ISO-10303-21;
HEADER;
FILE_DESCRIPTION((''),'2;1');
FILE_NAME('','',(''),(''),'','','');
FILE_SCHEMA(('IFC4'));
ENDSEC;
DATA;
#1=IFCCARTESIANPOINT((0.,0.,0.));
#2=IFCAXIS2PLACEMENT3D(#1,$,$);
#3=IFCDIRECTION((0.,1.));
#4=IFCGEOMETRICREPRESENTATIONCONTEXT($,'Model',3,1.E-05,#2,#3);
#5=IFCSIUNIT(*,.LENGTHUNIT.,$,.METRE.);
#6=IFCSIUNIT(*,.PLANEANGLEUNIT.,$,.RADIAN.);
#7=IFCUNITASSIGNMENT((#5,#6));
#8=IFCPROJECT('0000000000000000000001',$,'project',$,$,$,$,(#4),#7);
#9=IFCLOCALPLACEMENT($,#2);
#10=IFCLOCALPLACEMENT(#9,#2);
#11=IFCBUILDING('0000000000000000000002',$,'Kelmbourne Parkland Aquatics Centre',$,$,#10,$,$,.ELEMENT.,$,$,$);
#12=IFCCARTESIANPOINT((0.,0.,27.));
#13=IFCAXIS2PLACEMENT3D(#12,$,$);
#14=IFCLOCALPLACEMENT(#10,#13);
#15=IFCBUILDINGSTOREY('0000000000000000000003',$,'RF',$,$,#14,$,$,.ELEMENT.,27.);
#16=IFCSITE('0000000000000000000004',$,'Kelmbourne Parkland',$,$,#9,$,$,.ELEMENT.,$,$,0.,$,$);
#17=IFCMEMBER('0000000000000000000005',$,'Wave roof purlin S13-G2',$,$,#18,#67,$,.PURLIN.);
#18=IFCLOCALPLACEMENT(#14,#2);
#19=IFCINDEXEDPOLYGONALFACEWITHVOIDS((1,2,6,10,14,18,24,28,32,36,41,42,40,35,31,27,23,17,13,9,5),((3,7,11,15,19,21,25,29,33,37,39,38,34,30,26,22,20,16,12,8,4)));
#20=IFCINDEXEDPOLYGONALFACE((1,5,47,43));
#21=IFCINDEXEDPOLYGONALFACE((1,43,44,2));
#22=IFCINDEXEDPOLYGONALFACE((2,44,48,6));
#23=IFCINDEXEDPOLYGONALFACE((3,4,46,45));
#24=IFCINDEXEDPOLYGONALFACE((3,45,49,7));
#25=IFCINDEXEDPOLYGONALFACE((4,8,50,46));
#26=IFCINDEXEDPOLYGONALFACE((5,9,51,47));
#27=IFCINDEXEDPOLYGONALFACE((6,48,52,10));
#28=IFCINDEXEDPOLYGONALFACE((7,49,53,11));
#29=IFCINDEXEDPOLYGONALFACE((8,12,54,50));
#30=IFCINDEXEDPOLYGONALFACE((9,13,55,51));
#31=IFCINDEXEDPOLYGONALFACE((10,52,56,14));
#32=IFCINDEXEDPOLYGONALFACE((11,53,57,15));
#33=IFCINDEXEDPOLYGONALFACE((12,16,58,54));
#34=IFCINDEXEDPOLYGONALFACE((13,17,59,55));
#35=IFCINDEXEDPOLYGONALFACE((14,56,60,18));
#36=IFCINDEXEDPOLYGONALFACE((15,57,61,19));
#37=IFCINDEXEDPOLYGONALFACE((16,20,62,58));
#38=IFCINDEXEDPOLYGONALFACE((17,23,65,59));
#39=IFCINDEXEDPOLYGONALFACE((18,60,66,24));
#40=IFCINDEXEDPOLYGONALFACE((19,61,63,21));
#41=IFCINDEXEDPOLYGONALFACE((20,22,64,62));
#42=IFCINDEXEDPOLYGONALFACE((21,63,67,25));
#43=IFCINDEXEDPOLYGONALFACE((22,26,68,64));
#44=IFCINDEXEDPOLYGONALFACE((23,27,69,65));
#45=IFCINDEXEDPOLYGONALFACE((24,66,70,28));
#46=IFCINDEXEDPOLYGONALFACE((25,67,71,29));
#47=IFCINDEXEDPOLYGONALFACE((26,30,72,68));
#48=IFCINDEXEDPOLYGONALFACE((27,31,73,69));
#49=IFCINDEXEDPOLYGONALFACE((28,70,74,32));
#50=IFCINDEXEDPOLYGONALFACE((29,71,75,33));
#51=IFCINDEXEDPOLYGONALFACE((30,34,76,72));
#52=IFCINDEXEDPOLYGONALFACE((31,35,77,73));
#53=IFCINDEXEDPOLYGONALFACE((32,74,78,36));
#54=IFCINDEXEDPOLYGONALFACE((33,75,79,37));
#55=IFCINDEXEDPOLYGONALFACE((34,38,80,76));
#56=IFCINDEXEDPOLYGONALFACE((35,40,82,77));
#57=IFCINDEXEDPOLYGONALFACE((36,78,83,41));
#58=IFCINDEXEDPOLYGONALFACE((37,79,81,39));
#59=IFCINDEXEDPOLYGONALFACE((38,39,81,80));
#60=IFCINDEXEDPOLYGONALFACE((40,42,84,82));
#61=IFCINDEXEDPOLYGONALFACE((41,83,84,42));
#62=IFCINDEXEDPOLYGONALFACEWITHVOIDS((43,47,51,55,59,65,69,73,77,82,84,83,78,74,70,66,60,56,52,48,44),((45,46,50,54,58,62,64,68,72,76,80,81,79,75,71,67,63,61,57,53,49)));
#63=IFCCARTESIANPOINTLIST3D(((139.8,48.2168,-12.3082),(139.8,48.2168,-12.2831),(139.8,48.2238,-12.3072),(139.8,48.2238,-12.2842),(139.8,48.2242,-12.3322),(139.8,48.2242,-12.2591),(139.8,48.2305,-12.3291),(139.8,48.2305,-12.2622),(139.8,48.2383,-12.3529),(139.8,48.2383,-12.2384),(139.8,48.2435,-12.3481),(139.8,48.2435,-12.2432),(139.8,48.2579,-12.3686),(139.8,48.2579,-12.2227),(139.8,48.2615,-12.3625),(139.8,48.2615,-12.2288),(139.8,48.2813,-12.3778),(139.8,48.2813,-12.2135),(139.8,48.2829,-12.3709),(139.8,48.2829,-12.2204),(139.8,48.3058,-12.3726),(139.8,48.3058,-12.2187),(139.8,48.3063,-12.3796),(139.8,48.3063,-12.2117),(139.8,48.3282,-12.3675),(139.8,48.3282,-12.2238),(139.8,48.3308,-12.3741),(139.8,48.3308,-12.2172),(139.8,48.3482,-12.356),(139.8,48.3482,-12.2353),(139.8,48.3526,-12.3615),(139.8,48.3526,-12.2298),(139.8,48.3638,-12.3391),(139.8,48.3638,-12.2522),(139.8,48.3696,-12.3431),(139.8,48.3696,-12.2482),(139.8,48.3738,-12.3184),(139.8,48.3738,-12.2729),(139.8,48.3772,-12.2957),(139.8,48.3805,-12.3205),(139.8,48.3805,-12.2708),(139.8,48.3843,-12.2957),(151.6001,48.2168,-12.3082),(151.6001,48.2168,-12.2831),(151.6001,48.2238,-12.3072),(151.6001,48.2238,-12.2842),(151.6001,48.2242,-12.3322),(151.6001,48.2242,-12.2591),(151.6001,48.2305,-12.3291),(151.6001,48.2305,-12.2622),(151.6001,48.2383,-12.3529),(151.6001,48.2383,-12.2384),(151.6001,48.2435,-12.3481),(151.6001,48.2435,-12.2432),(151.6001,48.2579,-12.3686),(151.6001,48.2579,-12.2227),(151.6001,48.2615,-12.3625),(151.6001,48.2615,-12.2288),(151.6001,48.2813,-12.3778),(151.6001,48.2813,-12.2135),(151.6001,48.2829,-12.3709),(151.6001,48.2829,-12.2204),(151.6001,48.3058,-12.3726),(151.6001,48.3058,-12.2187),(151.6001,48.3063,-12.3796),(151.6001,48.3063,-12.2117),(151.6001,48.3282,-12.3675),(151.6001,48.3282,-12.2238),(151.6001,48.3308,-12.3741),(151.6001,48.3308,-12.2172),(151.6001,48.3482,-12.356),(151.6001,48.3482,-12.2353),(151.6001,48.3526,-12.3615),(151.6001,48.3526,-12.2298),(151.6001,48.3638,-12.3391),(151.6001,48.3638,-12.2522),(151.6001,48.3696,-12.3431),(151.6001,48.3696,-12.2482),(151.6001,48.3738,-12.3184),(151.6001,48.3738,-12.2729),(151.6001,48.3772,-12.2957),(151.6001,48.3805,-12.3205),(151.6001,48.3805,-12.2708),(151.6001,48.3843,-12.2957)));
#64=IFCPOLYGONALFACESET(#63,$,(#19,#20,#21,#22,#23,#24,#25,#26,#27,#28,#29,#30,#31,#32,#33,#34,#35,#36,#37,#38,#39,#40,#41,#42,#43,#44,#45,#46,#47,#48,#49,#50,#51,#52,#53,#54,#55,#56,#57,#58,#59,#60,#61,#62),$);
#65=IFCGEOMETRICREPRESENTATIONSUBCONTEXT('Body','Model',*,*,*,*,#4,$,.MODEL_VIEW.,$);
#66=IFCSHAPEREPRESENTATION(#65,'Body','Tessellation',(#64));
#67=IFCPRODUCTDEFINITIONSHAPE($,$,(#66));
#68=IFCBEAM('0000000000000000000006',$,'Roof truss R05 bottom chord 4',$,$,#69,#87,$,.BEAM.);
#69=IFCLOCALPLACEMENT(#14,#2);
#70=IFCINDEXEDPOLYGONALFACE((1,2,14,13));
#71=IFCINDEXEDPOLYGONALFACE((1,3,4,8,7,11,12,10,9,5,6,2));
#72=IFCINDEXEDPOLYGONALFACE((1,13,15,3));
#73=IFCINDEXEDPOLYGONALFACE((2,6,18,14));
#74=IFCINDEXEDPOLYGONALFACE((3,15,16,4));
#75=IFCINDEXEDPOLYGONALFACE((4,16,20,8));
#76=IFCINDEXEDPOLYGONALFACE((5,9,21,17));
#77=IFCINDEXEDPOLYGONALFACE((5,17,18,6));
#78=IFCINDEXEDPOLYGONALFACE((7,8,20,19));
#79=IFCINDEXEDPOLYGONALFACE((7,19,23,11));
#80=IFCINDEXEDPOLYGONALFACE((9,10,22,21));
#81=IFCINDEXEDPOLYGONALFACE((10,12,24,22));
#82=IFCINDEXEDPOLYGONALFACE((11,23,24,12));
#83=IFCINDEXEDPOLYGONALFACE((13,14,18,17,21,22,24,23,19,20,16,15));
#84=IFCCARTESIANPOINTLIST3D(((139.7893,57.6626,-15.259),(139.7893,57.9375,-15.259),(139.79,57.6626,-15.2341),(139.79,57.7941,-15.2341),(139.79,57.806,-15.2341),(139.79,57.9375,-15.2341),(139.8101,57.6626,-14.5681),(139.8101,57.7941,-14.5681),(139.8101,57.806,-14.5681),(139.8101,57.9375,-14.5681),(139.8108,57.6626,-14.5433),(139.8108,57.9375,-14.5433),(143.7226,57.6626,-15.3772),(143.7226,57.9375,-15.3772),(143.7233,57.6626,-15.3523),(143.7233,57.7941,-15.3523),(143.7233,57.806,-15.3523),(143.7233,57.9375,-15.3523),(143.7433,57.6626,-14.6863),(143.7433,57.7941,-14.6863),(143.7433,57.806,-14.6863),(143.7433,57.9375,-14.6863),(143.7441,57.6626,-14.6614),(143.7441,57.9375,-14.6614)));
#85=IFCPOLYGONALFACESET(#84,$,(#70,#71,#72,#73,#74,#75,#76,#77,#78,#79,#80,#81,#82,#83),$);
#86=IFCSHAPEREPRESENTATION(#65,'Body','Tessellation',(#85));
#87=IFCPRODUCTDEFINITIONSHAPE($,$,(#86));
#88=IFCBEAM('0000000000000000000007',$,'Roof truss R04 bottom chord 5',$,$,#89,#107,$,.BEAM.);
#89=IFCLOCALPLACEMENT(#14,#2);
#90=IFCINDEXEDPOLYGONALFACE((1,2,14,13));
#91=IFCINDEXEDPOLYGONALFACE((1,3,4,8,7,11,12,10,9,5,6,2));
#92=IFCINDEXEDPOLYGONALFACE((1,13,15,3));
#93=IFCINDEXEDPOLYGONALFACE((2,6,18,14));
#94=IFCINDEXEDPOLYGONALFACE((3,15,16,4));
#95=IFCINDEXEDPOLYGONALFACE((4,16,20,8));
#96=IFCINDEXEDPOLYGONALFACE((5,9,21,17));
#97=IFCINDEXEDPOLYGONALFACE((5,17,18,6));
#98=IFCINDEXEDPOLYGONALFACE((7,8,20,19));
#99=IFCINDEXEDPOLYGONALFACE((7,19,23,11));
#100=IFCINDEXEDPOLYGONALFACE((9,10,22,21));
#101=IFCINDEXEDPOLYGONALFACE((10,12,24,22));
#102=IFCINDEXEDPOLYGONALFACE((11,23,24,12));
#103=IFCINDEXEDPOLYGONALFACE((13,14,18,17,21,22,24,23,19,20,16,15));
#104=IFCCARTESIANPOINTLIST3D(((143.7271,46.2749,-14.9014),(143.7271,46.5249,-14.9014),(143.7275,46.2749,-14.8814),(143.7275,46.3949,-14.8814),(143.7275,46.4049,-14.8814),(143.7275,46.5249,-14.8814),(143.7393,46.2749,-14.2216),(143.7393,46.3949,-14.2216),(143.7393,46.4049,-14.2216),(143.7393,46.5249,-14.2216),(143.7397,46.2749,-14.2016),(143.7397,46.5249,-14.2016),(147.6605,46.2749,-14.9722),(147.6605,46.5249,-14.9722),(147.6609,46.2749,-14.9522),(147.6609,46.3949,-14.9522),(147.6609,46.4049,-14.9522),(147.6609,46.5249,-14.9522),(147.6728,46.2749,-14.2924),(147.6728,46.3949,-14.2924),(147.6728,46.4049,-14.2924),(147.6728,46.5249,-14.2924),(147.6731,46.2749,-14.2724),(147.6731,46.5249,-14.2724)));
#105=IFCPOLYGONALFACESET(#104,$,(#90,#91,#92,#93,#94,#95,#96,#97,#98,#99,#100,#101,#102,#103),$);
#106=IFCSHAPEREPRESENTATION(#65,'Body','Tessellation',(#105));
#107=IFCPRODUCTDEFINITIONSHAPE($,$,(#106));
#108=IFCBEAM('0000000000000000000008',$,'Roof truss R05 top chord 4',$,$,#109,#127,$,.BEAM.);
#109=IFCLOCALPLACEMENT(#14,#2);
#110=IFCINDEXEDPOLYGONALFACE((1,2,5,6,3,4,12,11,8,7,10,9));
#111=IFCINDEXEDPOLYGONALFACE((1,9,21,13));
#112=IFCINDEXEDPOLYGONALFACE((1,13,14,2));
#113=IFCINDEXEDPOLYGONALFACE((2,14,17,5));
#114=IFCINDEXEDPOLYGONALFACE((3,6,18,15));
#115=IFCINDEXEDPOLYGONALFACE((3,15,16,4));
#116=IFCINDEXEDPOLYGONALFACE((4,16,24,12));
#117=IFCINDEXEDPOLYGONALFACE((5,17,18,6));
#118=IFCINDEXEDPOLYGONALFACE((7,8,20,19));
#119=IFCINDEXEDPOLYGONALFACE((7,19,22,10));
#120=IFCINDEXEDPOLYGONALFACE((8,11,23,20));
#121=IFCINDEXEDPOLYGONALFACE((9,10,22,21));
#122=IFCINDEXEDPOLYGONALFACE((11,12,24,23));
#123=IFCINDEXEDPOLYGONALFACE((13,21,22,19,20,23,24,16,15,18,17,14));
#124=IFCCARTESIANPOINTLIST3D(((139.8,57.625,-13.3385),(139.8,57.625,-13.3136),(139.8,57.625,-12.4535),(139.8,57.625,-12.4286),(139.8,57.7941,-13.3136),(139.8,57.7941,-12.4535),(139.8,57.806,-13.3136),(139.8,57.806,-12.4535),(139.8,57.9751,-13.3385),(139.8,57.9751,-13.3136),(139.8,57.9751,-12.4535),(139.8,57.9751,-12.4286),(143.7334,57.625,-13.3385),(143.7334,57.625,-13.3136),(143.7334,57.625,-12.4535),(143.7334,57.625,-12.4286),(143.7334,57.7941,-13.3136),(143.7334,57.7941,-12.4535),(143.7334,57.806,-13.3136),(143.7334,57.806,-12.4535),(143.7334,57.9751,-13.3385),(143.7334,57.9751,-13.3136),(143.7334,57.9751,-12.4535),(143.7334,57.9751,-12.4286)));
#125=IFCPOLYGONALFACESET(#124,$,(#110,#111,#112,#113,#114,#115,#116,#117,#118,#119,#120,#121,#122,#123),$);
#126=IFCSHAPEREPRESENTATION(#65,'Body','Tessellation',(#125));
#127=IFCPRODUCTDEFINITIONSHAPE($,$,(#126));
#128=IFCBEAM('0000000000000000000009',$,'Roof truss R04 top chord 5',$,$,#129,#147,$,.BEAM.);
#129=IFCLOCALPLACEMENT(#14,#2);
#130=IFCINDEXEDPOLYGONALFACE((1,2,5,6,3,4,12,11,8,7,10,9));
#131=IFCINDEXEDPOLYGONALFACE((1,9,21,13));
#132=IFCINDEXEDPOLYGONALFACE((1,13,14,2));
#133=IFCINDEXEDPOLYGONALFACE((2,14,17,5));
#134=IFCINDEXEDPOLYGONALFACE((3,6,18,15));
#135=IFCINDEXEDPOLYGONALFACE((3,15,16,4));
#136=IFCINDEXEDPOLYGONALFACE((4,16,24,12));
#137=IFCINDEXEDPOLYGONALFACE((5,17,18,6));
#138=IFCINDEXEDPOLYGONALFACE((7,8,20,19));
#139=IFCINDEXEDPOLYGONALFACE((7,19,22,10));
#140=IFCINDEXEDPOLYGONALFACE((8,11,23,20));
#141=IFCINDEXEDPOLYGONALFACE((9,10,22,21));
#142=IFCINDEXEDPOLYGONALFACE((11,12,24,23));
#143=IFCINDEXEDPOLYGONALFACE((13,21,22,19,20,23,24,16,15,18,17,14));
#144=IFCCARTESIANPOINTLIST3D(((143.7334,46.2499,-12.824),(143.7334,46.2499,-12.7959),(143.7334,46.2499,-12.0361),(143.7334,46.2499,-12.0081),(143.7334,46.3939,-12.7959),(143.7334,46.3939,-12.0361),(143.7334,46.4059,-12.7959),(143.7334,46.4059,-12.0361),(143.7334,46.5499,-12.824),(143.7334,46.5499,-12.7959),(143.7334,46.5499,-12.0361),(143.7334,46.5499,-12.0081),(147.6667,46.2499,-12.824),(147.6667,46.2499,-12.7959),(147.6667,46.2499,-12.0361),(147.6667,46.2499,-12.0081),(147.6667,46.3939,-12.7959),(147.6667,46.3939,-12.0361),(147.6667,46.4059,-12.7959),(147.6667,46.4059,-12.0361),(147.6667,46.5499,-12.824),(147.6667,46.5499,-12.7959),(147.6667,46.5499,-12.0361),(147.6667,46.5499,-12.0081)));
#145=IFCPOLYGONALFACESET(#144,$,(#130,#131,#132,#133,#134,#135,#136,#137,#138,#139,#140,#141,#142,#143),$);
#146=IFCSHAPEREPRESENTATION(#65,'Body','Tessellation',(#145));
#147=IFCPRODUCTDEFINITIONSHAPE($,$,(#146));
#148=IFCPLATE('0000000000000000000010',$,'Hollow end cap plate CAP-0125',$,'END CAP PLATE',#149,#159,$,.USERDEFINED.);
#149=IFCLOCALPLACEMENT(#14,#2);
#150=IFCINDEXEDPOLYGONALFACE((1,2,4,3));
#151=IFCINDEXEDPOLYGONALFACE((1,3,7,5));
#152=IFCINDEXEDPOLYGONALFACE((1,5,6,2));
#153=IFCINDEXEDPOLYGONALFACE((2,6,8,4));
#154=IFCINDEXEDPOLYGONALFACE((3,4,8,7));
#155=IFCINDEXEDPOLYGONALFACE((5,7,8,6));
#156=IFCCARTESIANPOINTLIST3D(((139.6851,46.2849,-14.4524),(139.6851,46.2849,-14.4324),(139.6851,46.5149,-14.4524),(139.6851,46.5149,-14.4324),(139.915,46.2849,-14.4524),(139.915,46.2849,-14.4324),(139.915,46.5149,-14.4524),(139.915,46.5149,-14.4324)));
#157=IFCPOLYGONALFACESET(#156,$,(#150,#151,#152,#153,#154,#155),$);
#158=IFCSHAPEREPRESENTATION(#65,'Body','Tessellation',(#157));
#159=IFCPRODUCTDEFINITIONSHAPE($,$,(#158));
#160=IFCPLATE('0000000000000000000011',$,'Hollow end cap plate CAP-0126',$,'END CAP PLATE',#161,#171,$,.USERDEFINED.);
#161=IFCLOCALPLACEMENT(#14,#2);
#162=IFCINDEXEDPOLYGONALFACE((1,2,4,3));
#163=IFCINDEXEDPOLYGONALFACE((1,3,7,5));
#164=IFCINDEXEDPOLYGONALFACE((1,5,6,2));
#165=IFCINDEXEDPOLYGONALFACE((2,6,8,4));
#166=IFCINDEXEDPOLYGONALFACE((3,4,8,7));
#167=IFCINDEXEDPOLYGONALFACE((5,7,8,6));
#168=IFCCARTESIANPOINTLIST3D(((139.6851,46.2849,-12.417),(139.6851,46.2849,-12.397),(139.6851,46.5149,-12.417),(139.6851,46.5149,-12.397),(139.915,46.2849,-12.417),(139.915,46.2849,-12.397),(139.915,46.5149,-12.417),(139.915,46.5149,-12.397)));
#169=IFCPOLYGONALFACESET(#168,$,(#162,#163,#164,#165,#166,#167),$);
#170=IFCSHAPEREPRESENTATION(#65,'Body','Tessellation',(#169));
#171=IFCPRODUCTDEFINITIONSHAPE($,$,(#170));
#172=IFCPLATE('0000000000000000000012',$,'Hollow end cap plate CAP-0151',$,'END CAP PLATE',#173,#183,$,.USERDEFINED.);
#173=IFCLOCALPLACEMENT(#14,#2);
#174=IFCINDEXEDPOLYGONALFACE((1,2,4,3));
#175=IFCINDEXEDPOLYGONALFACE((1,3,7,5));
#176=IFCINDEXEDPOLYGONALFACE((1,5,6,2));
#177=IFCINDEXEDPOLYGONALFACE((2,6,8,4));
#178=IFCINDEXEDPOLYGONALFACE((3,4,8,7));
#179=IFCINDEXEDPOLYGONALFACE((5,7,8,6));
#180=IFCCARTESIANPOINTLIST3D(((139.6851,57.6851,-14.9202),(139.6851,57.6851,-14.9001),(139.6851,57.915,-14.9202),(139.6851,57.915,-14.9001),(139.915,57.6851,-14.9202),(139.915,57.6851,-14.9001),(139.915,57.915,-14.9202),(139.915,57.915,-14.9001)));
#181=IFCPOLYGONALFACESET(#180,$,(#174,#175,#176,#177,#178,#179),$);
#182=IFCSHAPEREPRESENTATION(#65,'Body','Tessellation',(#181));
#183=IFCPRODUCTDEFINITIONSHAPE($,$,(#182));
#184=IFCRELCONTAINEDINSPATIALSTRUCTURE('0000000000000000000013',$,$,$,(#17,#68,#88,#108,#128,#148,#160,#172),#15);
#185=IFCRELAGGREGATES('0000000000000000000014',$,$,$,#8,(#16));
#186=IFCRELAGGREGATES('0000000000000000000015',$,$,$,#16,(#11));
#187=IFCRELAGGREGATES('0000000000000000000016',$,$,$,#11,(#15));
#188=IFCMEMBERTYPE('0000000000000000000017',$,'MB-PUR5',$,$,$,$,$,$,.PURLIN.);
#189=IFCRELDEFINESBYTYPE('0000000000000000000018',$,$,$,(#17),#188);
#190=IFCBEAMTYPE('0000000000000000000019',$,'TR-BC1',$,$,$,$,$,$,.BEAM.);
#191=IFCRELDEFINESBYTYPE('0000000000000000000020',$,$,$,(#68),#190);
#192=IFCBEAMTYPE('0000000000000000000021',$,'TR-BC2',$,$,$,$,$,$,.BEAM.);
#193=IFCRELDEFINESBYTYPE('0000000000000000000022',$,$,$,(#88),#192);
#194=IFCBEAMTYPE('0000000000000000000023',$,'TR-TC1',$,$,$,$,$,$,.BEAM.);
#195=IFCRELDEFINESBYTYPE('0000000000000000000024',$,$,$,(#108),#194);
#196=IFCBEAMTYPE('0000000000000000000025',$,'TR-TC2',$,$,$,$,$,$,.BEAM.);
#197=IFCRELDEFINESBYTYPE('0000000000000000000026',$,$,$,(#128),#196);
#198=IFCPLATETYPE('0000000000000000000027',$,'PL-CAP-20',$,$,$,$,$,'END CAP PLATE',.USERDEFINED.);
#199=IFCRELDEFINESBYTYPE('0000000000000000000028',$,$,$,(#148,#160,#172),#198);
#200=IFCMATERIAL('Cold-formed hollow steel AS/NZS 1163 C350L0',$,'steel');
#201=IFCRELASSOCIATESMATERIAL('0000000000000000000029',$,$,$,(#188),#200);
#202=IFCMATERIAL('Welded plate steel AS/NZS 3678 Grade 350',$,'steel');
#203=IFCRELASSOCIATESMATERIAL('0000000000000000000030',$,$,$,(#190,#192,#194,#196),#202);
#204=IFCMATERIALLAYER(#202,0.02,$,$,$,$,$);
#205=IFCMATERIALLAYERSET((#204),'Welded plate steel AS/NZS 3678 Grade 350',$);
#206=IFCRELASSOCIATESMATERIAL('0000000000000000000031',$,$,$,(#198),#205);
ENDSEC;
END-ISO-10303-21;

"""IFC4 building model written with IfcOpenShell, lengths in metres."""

from ifc_helpers import new_model, si_unit, direction, frame, origin, origin_2d, place, context, subcontext, project, spatial, rectangle, hollow_circle, i_section, extrude, material, layer, layer_set, material_profile, profile_set, type_object, element, save


model = new_model("IFC4")

# Units and contexts
model_context = context("Model", 3, precision=1e-05, world=origin(), true_north=direction((0.0, 1.0)))
body_context = subcontext(model_context, "Body", "Model", "MODEL_VIEW")
ifc_project = project(units=[si_unit("LENGTHUNIT", "METRE"), si_unit("PLANEANGLEUNIT", "RADIAN")], contexts=[model_context])

# Site, building, storey
site_placement = place(None, origin())
site = spatial("IfcSite", under=ifc_project, at=site_placement, Name="Kelmbourne Parkland", CompositionType="ELEMENT", RefElevation=0.0)
building_placement = place(site_placement, origin())
building = spatial("IfcBuilding", under=site, at=building_placement, Name="Kelmbourne Parkland Aquatics Centre", CompositionType="ELEMENT")
storey_placement = place(building_placement, frame((0.0, 0.0, 27.0)))
storey = spatial("IfcBuildingStorey", under=building, at=storey_placement, Name="RF", CompositionType="ELEMENT", Elevation=27.0)

# Member
ifc_material_1 = material(Name="Cold-formed hollow steel AS/NZS 1163 C350L0", Category="steel")
ifc_material_profile_1 = material_profile(ifc_material_1, hollow_circle(Radius=0.0842, WallThickness=0.0071, at=origin_2d()), Name="CHS 168.3x7.1")
ifc_profile_set_1 = profile_set([ifc_material_profile_1], Name="Cold-formed hollow steel AS/NZS 1163 C350L0")
member_type_1 = type_object("IfcMemberType", Name="MB-PUR5", PredefinedType="PURLIN", material=ifc_profile_set_1)
member_1_placement = place(storey_placement, frame((139.8, 48.3, -12.2957), z_axis=(1.0, 0.0, 0.0), x_axis=(0.0, 1.0, 0.0)))
element("IfcMember", 1, at=member_1_placement, inside=storey, type_object=member_type_1, Name="Wave roof purlin S13-G2", PredefinedType="PURLIN", context=body_context, shape_type="SweptSolid", body=[
    extrude(hollow_circle(Radius=0.0842, WallThickness=0.0071, at=origin_2d()), origin(), (0.0, 0.0, 1.0), 11.8),
])

# Beams
ifc_material_2 = material(Name="Welded plate steel AS/NZS 3678 Grade 350", Category="steel")
ifc_material_profile_2 = material_profile(ifc_material_2, i_section(OverallWidth=0.2749, OverallDepth=0.7161, WebThickness=0.012, FlangeThickness=0.0249, at=origin_2d()), Name="700WB173")
ifc_profile_set_2 = profile_set([ifc_material_profile_2], Name="Welded plate steel AS/NZS 3678 Grade 350")
beam_type_1 = type_object("IfcBeamType", Name="TR-BC1", PredefinedType="BEAM", material=ifc_profile_set_2)
beam_1_placement = place(storey_placement, frame((139.8, 57.8, -14.9011), z_axis=(0.999549, 0.0, -0.030028), x_axis=(0.0, 1.0, 0.0)))
element("IfcBeam", 2, at=beam_1_placement, inside=storey, type_object=beam_type_1, Name="Roof truss R05 bottom chord 4", PredefinedType="BEAM", context=body_context, shape_type="SweptSolid", body=[
    extrude(i_section(OverallWidth=0.2749, OverallDepth=0.7161, WebThickness=0.012, FlangeThickness=0.0249, at=origin_2d()), origin(), (0.0, 0.0, 1.0), 3.9351),
])
ifc_material_profile_3 = material_profile(ifc_material_2, i_section(OverallWidth=0.25, OverallDepth=0.7, WebThickness=0.01, FlangeThickness=0.02, at=origin_2d()), Name="700WB130")
ifc_profile_set_3 = profile_set([ifc_material_profile_3], Name="Welded plate steel AS/NZS 3678 Grade 350")
beam_type_2 = type_object("IfcBeamType", Name="TR-BC2", PredefinedType="BEAM", material=ifc_profile_set_3)
beam_2_placement = place(storey_placement, frame((143.7334, 46.3999, -14.5515), z_axis=(0.999838, 0.0, -0.017997), x_axis=(0.0, 1.0, 0.0)))
element("IfcBeam", 3, at=beam_2_placement, inside=storey, type_object=beam_type_2, Name="Roof truss R04 bottom chord 5", PredefinedType="BEAM", context=body_context, shape_type="SweptSolid", body=[
    extrude(i_section(OverallWidth=0.25, OverallDepth=0.7, WebThickness=0.01, FlangeThickness=0.02, at=origin_2d()), origin(), (0.0, 0.0, 1.0), 3.9341),
])
ifc_material_profile_4 = material_profile(ifc_material_2, i_section(OverallWidth=0.3501, OverallDepth=0.9099, WebThickness=0.012, FlangeThickness=0.0249, at=origin_2d()), Name="900WB218")
ifc_profile_set_4 = profile_set([ifc_material_profile_4], Name="Welded plate steel AS/NZS 3678 Grade 350")
beam_type_3 = type_object("IfcBeamType", Name="TR-TC1", PredefinedType="BEAM", material=ifc_profile_set_4)
beam_3_placement = place(storey_placement, frame((139.8, 57.8, -12.8835), z_axis=(1.0, 0.0, 0.0), x_axis=(0.0, 1.0, 0.0)))
element("IfcBeam", 4, at=beam_3_placement, inside=storey, type_object=beam_type_3, Name="Roof truss R05 top chord 4", PredefinedType="BEAM", context=body_context, shape_type="SweptSolid", body=[
    extrude(i_section(OverallWidth=0.3501, OverallDepth=0.9099, WebThickness=0.012, FlangeThickness=0.0249, at=origin_2d()), origin(), (0.0, 0.0, 1.0), 3.9333),
])
ifc_material_profile_5 = material_profile(ifc_material_2, i_section(OverallWidth=0.3, OverallDepth=0.8159, WebThickness=0.012, FlangeThickness=0.0281, at=origin_2d()), Name="800WB192")
ifc_profile_set_5 = profile_set([ifc_material_profile_5], Name="Welded plate steel AS/NZS 3678 Grade 350")
beam_type_4 = type_object("IfcBeamType", Name="TR-TC2", PredefinedType="BEAM", material=ifc_profile_set_5)
beam_4_placement = place(storey_placement, frame((143.7334, 46.3999, -12.416), z_axis=(1.0, 0.0, 0.0), x_axis=(0.0, 1.0, 0.0)))
element("IfcBeam", 5, at=beam_4_placement, inside=storey, type_object=beam_type_4, Name="Roof truss R04 top chord 5", PredefinedType="BEAM", context=body_context, shape_type="SweptSolid", body=[
    extrude(i_section(OverallWidth=0.3, OverallDepth=0.8159, WebThickness=0.012, FlangeThickness=0.0281, at=origin_2d()), origin(), (0.0, 0.0, 1.0), 3.9333),
])

# Plates
ifc_layer_1 = layer(ifc_material_2, 0.02)
ifc_layer_set_1 = layer_set([ifc_layer_1], Name="Welded plate steel AS/NZS 3678 Grade 350")
plate_type_1 = type_object("IfcPlateType", Name="PL-CAP-20", ElementType="END CAP PLATE", PredefinedType="USERDEFINED", material=ifc_layer_set_1)
for number, where, z_axis, x_axis, name in (
    (6, (139.8, 46.3999, -14.4524), (0.0, 0.0, 1.0), (1.0, 0.0, 0.0), "Hollow end cap plate CAP-0125"),
    (7, (139.8, 46.3999, -12.417), (0.0, 0.0, 1.0), (1.0, 0.0, 0.0), "Hollow end cap plate CAP-0126"),
    (8, (139.8, 57.8, -14.9202), (0.0, 0.0, 1.0), (1.0, 0.0, 0.0), "Hollow end cap plate CAP-0151"),
):
    element("IfcPlate", number, at=place(storey_placement, frame(where, z_axis=z_axis, x_axis=x_axis)), inside=storey, type_object=plate_type_1, Name=name, ObjectType="END CAP PLATE", PredefinedType="USERDEFINED", context=body_context, shape_type="SweptSolid", body=[
        extrude(rectangle(XDim=0.23, YDim=0.23, at=origin_2d()), origin(), (0.0, 0.0, 1.0), 0.02),
    ])

save(model, "model.ifc")
